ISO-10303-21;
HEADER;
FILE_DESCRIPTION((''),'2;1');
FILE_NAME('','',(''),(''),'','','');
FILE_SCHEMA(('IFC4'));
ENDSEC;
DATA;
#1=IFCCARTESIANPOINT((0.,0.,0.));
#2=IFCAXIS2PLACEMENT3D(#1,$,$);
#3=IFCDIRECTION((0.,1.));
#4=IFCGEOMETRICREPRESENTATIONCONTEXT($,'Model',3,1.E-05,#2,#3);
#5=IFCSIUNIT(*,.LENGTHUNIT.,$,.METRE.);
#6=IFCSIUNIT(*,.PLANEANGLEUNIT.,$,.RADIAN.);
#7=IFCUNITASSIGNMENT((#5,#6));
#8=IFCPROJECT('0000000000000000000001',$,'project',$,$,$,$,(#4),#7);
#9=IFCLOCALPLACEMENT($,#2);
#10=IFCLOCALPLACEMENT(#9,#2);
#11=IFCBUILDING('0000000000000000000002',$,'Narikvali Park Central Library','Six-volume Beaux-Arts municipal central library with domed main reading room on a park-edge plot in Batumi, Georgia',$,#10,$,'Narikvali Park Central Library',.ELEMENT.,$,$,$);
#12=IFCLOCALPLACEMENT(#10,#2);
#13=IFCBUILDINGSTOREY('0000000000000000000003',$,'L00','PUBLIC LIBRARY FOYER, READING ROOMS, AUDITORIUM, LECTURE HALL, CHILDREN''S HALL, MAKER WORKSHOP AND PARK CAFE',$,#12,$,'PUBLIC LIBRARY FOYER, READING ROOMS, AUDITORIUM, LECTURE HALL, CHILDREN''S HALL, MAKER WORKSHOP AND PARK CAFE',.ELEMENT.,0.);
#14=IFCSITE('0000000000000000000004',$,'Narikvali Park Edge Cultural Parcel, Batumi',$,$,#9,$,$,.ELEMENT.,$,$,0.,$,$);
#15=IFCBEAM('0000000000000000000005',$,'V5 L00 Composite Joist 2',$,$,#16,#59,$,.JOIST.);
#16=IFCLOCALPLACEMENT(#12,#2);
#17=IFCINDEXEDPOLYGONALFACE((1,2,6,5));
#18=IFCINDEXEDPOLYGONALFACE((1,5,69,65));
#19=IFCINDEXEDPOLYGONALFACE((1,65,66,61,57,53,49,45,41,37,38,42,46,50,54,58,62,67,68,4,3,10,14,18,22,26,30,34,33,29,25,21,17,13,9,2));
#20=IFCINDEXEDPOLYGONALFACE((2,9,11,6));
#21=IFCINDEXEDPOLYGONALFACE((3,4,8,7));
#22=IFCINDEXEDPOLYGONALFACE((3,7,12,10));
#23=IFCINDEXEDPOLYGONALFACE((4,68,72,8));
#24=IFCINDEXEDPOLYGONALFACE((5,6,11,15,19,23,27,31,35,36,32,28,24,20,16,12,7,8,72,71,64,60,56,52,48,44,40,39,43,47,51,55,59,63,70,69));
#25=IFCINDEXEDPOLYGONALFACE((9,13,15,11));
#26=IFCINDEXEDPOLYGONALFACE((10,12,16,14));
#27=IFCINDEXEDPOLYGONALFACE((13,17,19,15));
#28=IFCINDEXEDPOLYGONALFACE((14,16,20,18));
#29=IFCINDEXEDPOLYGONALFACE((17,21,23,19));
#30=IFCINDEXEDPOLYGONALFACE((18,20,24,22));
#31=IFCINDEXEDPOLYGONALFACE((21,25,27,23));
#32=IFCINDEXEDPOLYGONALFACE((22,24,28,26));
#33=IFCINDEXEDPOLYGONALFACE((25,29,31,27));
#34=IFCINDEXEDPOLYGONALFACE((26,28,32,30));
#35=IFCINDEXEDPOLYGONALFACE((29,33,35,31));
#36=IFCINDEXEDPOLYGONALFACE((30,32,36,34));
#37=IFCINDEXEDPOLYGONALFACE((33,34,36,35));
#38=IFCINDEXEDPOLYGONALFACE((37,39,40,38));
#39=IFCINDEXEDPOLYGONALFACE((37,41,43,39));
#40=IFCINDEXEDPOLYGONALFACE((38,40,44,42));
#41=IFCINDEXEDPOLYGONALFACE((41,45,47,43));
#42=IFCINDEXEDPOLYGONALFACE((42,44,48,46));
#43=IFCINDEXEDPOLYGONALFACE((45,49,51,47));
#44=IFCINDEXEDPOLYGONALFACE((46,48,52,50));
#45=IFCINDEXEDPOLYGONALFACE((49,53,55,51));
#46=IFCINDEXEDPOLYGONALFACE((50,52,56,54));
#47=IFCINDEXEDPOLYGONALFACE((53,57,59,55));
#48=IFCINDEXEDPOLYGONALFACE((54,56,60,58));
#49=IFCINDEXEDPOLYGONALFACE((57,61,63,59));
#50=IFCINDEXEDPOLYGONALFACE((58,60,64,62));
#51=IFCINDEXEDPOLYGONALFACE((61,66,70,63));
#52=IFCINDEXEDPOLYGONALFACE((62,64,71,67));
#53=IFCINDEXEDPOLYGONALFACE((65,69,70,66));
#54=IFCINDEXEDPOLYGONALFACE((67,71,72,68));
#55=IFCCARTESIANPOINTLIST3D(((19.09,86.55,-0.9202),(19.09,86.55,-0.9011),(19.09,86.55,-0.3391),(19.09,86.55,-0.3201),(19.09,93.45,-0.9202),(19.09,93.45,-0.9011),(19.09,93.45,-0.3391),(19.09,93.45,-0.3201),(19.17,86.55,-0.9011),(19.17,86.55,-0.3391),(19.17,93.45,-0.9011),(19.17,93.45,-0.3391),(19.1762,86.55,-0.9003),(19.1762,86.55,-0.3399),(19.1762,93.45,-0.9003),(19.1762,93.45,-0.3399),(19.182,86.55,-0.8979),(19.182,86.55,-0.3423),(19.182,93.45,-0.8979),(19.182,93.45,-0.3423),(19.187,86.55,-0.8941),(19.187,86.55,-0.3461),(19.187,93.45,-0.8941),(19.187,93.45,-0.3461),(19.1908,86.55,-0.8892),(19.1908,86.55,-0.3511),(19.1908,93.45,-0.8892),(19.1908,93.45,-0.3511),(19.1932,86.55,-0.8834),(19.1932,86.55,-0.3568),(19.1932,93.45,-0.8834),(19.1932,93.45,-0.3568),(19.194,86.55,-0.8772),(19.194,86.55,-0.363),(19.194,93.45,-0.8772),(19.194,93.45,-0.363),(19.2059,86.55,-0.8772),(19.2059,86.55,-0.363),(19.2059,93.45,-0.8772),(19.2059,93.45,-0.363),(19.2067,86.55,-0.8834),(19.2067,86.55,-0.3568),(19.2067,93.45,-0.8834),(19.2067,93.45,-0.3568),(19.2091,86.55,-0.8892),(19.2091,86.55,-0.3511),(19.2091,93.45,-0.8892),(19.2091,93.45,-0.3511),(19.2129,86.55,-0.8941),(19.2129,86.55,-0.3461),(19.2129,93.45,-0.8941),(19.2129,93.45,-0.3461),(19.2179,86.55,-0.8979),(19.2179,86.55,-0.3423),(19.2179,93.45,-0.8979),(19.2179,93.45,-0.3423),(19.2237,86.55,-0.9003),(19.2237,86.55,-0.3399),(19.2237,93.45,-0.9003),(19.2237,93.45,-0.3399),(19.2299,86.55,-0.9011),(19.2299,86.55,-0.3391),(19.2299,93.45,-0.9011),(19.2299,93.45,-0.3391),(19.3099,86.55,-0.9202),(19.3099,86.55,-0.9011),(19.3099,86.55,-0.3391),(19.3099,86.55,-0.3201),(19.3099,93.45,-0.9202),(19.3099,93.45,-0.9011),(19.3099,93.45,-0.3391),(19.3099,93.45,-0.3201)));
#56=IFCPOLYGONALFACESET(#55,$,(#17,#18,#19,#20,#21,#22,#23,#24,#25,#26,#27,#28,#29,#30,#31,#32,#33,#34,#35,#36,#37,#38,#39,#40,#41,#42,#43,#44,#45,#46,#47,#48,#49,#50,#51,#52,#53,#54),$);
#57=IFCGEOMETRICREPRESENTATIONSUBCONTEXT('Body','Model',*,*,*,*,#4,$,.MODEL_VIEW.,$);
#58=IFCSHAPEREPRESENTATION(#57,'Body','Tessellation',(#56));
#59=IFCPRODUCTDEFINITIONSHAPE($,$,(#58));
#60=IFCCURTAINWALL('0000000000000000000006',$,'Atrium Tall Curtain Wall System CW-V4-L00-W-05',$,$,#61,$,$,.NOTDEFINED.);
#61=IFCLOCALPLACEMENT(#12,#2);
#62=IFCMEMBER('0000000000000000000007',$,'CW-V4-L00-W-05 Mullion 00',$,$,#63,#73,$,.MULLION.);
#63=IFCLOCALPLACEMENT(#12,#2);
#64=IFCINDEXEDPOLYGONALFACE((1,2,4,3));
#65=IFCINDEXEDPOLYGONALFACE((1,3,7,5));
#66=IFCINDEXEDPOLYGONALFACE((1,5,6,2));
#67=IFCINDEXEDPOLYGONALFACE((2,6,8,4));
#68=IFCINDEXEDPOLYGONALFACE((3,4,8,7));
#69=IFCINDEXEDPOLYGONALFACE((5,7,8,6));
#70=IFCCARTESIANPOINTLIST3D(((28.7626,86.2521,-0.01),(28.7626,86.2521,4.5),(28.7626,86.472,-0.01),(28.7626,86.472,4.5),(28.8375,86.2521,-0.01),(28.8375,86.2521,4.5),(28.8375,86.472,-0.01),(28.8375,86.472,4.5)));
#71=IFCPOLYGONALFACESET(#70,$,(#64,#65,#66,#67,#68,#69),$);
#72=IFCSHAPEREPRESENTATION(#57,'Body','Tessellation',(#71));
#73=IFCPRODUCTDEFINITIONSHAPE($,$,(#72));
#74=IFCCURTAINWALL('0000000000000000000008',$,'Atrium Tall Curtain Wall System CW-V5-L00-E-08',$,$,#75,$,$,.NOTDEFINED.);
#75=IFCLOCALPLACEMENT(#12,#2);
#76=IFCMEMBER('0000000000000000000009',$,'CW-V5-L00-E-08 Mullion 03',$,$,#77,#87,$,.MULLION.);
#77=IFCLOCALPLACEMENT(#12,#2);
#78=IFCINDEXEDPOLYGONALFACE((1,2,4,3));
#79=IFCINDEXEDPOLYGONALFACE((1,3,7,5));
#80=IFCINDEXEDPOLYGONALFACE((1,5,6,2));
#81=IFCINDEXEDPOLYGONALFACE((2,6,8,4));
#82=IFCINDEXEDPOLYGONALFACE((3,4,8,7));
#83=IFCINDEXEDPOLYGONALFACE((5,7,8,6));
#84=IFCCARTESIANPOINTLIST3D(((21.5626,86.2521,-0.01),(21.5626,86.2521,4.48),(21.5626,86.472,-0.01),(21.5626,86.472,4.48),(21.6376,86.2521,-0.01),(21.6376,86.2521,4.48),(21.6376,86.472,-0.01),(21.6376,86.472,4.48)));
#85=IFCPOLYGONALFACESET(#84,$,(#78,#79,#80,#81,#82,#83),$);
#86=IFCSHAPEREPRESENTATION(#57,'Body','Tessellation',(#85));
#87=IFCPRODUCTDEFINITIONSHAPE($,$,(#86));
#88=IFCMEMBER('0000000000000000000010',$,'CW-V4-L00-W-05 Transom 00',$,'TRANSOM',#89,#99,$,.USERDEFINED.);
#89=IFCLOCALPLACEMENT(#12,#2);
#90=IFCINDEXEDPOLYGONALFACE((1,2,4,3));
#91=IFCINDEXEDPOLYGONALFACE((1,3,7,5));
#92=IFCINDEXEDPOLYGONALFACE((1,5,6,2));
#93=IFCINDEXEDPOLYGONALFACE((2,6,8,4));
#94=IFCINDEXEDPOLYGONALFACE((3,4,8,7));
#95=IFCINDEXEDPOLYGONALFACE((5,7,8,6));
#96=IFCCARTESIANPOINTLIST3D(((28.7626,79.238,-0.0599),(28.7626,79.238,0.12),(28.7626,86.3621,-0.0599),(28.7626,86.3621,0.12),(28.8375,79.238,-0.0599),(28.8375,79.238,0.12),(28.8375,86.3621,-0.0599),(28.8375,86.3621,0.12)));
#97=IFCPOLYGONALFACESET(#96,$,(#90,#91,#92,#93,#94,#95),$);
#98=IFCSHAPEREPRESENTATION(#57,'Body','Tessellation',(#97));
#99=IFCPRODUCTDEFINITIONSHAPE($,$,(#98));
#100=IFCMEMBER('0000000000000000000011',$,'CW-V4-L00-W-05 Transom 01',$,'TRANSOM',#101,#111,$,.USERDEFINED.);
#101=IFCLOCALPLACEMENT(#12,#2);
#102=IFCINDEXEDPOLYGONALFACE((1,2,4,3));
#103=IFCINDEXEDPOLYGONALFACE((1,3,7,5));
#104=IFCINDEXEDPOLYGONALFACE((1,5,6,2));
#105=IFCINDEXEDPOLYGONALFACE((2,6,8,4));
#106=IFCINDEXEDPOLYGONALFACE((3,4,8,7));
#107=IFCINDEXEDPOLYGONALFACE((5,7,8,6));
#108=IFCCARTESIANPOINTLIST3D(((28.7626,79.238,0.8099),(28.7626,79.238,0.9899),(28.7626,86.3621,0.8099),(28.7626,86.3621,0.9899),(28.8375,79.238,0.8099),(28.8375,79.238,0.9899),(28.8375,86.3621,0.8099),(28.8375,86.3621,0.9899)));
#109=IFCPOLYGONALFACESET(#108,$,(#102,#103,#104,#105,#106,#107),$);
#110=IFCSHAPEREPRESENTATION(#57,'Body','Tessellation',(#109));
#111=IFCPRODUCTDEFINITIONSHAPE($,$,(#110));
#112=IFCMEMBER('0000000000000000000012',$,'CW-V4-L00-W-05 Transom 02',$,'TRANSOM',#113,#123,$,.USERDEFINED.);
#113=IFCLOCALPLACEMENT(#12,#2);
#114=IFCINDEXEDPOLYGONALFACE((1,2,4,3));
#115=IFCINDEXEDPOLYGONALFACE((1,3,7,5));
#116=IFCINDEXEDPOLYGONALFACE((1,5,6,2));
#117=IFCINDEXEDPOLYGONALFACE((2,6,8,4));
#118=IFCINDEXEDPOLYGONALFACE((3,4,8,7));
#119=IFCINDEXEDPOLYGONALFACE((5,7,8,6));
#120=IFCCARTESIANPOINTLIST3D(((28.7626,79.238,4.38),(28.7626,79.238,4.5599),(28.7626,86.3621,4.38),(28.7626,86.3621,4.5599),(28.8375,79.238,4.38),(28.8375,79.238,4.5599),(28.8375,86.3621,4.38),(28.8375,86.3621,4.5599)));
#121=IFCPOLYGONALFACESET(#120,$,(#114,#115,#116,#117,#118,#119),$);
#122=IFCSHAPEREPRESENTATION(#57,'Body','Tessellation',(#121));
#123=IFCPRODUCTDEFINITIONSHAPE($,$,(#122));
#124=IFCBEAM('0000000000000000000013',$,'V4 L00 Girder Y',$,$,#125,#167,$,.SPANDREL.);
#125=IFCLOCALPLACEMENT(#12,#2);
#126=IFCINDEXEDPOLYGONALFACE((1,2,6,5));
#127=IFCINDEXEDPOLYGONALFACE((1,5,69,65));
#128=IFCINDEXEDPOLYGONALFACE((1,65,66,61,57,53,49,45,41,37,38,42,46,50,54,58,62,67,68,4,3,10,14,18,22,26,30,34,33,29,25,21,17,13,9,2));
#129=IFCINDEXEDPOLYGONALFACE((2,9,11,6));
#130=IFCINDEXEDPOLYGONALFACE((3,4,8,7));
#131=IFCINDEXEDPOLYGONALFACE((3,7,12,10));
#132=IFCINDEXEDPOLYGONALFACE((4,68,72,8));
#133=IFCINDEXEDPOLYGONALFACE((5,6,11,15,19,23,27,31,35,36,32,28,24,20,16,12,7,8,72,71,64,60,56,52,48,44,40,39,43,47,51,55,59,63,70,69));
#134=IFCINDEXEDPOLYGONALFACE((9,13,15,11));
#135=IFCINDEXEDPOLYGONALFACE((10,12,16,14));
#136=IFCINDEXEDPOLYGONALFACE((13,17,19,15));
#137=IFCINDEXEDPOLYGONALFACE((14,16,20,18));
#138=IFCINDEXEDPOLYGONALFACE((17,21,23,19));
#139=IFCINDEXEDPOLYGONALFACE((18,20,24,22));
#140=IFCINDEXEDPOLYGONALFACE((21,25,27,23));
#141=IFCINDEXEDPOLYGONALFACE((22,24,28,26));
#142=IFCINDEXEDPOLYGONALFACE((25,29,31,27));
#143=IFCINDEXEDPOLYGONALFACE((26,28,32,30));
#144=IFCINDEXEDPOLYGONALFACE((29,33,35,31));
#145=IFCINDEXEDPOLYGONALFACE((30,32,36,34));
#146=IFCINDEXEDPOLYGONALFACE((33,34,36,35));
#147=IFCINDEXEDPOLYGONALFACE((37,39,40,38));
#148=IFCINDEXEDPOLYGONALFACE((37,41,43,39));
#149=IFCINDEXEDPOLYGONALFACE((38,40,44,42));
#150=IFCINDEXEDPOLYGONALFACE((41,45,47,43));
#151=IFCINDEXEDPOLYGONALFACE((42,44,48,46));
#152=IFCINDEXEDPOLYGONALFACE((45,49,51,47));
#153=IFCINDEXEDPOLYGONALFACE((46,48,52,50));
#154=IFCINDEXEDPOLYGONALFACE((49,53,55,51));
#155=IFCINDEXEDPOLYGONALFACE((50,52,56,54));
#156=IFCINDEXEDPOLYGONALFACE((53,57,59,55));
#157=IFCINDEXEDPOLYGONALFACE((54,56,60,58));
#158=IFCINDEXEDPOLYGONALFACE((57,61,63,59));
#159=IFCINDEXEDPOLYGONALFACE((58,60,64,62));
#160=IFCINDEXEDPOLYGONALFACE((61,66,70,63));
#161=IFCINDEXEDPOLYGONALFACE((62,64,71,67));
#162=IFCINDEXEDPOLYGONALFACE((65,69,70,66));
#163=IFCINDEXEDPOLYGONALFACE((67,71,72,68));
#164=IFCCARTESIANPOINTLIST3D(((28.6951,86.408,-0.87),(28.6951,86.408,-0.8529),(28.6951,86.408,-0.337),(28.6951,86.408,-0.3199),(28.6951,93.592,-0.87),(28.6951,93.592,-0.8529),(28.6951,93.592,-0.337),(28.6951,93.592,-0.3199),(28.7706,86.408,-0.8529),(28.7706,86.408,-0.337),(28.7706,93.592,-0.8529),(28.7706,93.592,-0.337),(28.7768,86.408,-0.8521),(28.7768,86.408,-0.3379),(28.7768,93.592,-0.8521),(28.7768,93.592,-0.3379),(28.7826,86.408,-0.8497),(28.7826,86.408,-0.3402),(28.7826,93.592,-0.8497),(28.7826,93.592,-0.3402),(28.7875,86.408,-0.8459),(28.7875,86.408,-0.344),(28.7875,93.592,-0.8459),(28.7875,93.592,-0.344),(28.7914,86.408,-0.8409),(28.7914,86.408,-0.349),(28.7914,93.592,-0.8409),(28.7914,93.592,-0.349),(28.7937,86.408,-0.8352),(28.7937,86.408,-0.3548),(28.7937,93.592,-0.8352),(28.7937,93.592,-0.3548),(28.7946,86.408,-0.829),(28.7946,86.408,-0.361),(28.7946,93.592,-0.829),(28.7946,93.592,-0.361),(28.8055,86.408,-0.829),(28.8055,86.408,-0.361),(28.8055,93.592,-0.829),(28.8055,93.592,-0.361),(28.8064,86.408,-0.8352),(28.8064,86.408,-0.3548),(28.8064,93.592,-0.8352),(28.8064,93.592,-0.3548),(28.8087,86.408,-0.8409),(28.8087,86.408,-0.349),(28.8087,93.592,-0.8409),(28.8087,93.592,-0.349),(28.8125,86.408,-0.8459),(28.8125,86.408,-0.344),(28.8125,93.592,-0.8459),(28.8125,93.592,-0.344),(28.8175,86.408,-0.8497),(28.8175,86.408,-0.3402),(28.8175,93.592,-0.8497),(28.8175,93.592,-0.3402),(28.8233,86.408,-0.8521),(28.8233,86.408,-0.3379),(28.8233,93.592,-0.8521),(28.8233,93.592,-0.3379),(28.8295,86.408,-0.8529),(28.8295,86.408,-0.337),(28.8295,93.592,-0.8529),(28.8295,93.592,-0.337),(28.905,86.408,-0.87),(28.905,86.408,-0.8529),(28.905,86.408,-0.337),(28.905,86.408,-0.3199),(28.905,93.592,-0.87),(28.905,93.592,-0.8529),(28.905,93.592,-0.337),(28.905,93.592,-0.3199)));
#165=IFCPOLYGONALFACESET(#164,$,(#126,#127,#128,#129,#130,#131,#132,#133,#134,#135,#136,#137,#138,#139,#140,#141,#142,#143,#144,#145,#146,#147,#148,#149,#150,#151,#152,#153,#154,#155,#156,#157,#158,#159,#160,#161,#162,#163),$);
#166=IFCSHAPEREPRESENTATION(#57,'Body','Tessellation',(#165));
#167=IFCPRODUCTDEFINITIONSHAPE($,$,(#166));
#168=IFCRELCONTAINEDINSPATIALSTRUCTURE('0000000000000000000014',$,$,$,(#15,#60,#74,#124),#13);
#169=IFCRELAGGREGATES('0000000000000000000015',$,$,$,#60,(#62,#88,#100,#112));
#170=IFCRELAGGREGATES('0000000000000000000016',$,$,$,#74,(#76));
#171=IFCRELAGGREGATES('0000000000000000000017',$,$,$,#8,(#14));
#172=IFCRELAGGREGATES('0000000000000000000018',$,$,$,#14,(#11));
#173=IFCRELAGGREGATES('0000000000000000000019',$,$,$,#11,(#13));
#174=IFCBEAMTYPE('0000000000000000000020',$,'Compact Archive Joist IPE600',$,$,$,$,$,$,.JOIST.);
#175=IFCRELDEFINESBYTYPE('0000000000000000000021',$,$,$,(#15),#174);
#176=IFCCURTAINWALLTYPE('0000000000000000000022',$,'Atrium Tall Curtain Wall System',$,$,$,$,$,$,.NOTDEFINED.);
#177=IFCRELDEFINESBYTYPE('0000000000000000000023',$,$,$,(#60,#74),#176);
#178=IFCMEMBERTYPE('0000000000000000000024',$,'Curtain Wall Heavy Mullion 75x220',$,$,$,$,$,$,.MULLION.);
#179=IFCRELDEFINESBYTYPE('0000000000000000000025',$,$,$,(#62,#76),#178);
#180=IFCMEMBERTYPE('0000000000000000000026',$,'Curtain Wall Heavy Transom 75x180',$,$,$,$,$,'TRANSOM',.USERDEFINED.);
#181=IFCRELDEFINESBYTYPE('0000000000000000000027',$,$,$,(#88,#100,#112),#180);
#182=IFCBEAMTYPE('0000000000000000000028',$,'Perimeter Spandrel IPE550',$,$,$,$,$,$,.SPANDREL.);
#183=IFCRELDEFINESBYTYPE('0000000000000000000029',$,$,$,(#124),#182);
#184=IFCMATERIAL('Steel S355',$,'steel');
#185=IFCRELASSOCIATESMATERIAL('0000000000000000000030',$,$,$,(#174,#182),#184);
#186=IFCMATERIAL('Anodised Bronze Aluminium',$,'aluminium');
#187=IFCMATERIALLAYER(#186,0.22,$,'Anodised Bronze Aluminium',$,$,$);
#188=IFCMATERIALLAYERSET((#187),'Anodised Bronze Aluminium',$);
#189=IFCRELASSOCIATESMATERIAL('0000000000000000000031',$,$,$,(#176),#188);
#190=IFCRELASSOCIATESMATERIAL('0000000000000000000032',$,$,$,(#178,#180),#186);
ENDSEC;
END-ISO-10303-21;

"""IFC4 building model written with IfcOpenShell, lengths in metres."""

from ifc_helpers import new_model, si_unit, direction, frame, origin, origin_2d, place, context, subcontext, project, spatial, rectangle, i_section, extrude, material, layer, layer_set, material_profile, profile_set, type_object, element, aggregate, save


model = new_model("IFC4")

# Units and contexts
model_context = context("Model", 3, precision=1e-05, world=origin(), true_north=direction((0.0, 1.0)))
body_context = subcontext(model_context, "Body", "Model", "MODEL_VIEW")
ifc_project = project(units=[si_unit("LENGTHUNIT", "METRE"), si_unit("PLANEANGLEUNIT", "RADIAN")], contexts=[model_context])

# Site, building, storey
site_placement = place(None, origin())
site = spatial("IfcSite", under=ifc_project, at=site_placement, Name="Narikvali Park Edge Cultural Parcel, Batumi", CompositionType="ELEMENT", RefElevation=0.0)
building_placement = place(site_placement, origin())
building = spatial("IfcBuilding", under=site, at=building_placement, Name="Narikvali Park Central Library", Description="Six-volume Beaux-Arts municipal central library with domed main reading room on a park-edge plot in Batumi, Georgia", LongName="Narikvali Park Central Library", CompositionType="ELEMENT")
storey_placement = place(building_placement, origin())
storey = spatial("IfcBuildingStorey", under=building, at=storey_placement, Name="L00", Description="PUBLIC LIBRARY FOYER, READING ROOMS, AUDITORIUM, LECTURE HALL, CHILDREN'S HALL, MAKER WORKSHOP AND PARK CAFE", LongName="PUBLIC LIBRARY FOYER, READING ROOMS, AUDITORIUM, LECTURE HALL, CHILDREN'S HALL, MAKER WORKSHOP AND PARK CAFE", CompositionType="ELEMENT", Elevation=0.0)

# Shared definitions
ifc_material_1 = material(Name="Steel S355", Category="steel")

# Beam
ifc_material_profile_1 = material_profile(ifc_material_1, i_section(OverallWidth=0.22, OverallDepth=0.6001, WebThickness=0.012, FlangeThickness=0.019, FilletRadius=0.0239, at=origin_2d()), Name="IPE 600")
ifc_profile_set_1 = profile_set([ifc_material_profile_1], Name="Steel S355")
beam_type_1 = type_object("IfcBeamType", Name="Compact Archive Joist IPE600", PredefinedType="JOIST", material=ifc_profile_set_1)
beam_1_placement = place(storey_placement, frame((19.2, 86.55, -0.6201), z_axis=(0.0, 1.0, 0.0), x_axis=(-1.0, 0.0, 0.0)))
element("IfcBeam", 1, at=beam_1_placement, inside=storey, type_object=beam_type_1, Name="V5 L00 Composite Joist 2", PredefinedType="JOIST", context=body_context, shape_type="SweptSolid", body=[
    extrude(i_section(OverallWidth=0.22, OverallDepth=0.6001, WebThickness=0.012, FlangeThickness=0.019, FilletRadius=0.0239, at=origin_2d()), origin(), (0.0, 0.0, 1.0), 6.8999),
])

# Curtain walls, members
ifc_material_2 = material(Name="Anodised Bronze Aluminium", Category="aluminium")
ifc_layer_1 = layer(ifc_material_2, 0.22, Name="Anodised Bronze Aluminium")
ifc_layer_set_1 = layer_set([ifc_layer_1], Name="Anodised Bronze Aluminium")
curtain_wall_type = type_object("IfcCurtainWallType", Name="Atrium Tall Curtain Wall System", PredefinedType="NOTDEFINED", material=ifc_layer_set_1)
curtain_wall_1_placement = place(storey_placement, origin())
curtain_wall_1 = element("IfcCurtainWall", 2, at=curtain_wall_1_placement, inside=storey, type_object=curtain_wall_type, Name="Atrium Tall Curtain Wall System CW-V4-L00-W-05", PredefinedType="NOTDEFINED")
ifc_material_profile_2 = material_profile(ifc_material_2, rectangle(XDim=0.075, YDim=0.22, at=origin_2d()), Name="CW MULLION 75x220")
ifc_profile_set_2 = profile_set([ifc_material_profile_2], Name="Anodised Bronze Aluminium")
member_type_1 = type_object("IfcMemberType", Name="Curtain Wall Heavy Mullion 75x220", PredefinedType="MULLION", material=ifc_profile_set_2)
member_1_placement = place(storey_placement, frame((28.8, 86.3621, -0.01), z_axis=(0.0, 0.0, 1.0), x_axis=(1.0, 0.0, 0.0)))
member_1 = element("IfcMember", 3, at=member_1_placement, type_object=member_type_1, Name="CW-V4-L00-W-05 Mullion 00", PredefinedType="MULLION", context=body_context, shape_type="SweptSolid", body=[
    extrude(rectangle(XDim=0.075, YDim=0.22, at=origin_2d()), origin(), (0.0, 0.0, 1.0), 4.51),
])
curtain_wall_2_placement = place(storey_placement, origin())
curtain_wall_2 = element("IfcCurtainWall", 4, at=curtain_wall_2_placement, inside=storey, type_object=curtain_wall_type, Name="Atrium Tall Curtain Wall System CW-V5-L00-E-08", PredefinedType="NOTDEFINED")
member_2_placement = place(storey_placement, frame((21.6001, 86.3621, -0.01), z_axis=(0.0, 0.0, 1.0), x_axis=(1.0, 0.0, 0.0)))
member_2 = element("IfcMember", 5, at=member_2_placement, type_object=member_type_1, Name="CW-V5-L00-E-08 Mullion 03", PredefinedType="MULLION", context=body_context, shape_type="SweptSolid", body=[
    extrude(rectangle(XDim=0.075, YDim=0.22, at=origin_2d()), origin(), (0.0, 0.0, 1.0), 4.49),
])

# Members
ifc_material_profile_3 = material_profile(ifc_material_2, rectangle(XDim=0.075, YDim=0.1799, at=origin_2d()), Name="CW TRANSOM 75x180")
ifc_profile_set_3 = profile_set([ifc_material_profile_3], Name="Anodised Bronze Aluminium")
member_type_2 = type_object("IfcMemberType", Name="Curtain Wall Heavy Transom 75x180", ElementType="TRANSOM", PredefinedType="USERDEFINED", material=ifc_profile_set_3)
member_3_placement = place(storey_placement, frame((28.8, 86.3621, 0.03), z_axis=(0.0, -1.0, 0.0), x_axis=(1.0, 0.0, 0.0)))
member_3 = element("IfcMember", 6, at=member_3_placement, type_object=member_type_2, Name="CW-V4-L00-W-05 Transom 00", ObjectType="TRANSOM", PredefinedType="USERDEFINED", context=body_context, shape_type="SweptSolid", body=[
    extrude(rectangle(XDim=0.075, YDim=0.1799, at=origin_2d()), origin(), (0.0, 0.0, 1.0), 7.124),
])
member_4_placement = place(storey_placement, frame((28.8, 86.3621, 0.8999), z_axis=(0.0, -1.0, 0.0), x_axis=(1.0, 0.0, 0.0)))
member_4 = element("IfcMember", 7, at=member_4_placement, type_object=member_type_2, Name="CW-V4-L00-W-05 Transom 01", ObjectType="TRANSOM", PredefinedType="USERDEFINED", context=body_context, shape_type="SweptSolid", body=[
    extrude(rectangle(XDim=0.075, YDim=0.1799, at=origin_2d()), origin(), (0.0, 0.0, 1.0), 7.124),
])
member_5_placement = place(storey_placement, frame((28.8, 86.3621, 4.47), z_axis=(0.0, -1.0, 0.0), x_axis=(1.0, 0.0, 0.0)))
member_5 = element("IfcMember", 8, at=member_5_placement, type_object=member_type_2, Name="CW-V4-L00-W-05 Transom 02", ObjectType="TRANSOM", PredefinedType="USERDEFINED", context=body_context, shape_type="SweptSolid", body=[
    extrude(rectangle(XDim=0.075, YDim=0.1799, at=origin_2d()), origin(), (0.0, 0.0, 1.0), 7.124),
])

# Beam
ifc_material_profile_4 = material_profile(ifc_material_1, i_section(OverallWidth=0.21, OverallDepth=0.55, WebThickness=0.011, FlangeThickness=0.0171, FilletRadius=0.0239, at=origin_2d()), Name="IPE 550")
ifc_profile_set_4 = profile_set([ifc_material_profile_4], Name="Steel S355")
beam_type_2 = type_object("IfcBeamType", Name="Perimeter Spandrel IPE550", PredefinedType="SPANDREL", material=ifc_profile_set_4)
beam_2_placement = place(storey_placement, frame((28.8, 86.408, -0.595), z_axis=(0.0, 1.0, 0.0), x_axis=(-1.0, 0.0, 0.0)))
element("IfcBeam", 9, at=beam_2_placement, inside=storey, type_object=beam_type_2, Name="V4 L00 Girder Y", PredefinedType="SPANDREL", context=body_context, shape_type="SweptSolid", body=[
    extrude(i_section(OverallWidth=0.21, OverallDepth=0.55, WebThickness=0.011, FlangeThickness=0.0171, FilletRadius=0.0239, at=origin_2d()), origin(), (0.0, 0.0, 1.0), 7.1841),
])

aggregate(curtain_wall_1, [member_1, member_3, member_4, member_5])
aggregate(curtain_wall_2, [member_2])

save(model, "model.ifc")
